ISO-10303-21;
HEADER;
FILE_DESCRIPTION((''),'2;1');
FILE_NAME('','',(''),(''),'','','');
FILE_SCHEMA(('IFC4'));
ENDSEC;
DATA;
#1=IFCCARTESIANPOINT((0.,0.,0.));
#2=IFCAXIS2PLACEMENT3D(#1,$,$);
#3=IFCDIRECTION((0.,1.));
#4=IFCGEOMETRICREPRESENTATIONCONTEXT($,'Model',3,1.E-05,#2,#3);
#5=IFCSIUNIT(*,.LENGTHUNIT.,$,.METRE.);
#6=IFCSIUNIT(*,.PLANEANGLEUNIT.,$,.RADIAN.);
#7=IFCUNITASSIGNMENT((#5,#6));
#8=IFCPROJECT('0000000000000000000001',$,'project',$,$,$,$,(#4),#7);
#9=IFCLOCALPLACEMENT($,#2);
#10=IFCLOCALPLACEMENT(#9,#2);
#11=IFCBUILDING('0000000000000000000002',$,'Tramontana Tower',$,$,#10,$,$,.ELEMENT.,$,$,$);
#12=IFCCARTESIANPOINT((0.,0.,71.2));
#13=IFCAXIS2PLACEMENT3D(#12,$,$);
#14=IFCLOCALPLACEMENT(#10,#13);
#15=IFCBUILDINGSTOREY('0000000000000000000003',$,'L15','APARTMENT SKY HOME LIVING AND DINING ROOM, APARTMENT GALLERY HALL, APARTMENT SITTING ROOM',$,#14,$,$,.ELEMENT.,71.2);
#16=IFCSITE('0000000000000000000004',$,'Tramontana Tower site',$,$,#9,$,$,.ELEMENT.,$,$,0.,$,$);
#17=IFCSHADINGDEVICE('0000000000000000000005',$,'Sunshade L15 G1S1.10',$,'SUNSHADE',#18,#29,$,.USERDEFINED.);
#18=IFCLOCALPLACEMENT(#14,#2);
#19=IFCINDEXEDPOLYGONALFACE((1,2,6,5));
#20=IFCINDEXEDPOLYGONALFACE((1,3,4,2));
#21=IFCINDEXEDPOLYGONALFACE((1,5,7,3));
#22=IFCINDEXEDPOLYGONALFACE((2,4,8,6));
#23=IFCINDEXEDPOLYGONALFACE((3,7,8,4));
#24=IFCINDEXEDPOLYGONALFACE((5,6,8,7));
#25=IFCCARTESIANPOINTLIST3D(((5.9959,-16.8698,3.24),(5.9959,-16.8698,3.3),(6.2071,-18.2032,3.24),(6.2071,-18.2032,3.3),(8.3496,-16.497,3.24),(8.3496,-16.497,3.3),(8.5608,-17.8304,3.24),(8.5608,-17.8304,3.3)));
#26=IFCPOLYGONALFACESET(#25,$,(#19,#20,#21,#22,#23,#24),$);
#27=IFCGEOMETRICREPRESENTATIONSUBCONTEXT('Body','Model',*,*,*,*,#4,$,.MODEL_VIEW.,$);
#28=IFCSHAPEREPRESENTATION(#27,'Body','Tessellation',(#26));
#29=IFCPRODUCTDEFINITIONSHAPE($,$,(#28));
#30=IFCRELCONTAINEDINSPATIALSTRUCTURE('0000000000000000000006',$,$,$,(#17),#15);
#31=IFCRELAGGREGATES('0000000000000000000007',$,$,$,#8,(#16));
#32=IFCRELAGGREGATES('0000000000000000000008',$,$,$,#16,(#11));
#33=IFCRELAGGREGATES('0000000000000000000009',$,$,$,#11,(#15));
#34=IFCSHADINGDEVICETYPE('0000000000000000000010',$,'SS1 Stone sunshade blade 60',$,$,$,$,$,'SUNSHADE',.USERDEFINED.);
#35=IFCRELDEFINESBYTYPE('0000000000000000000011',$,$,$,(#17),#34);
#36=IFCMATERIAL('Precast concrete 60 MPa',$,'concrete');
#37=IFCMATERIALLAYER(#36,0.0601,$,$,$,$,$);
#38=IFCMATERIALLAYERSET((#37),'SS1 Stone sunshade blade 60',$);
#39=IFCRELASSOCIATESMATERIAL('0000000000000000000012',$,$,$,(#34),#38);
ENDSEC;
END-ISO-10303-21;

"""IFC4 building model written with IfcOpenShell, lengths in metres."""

from ifc_helpers import new_model, si_unit, direction, frame, origin, origin_2d, place, context, subcontext, project, spatial, rectangle, extrude, material, layer, layer_set, type_object, element, save


model = new_model("IFC4")

# Units and contexts
model_context = context("Model", 3, precision=1e-05, world=origin(), true_north=direction((0.0, 1.0)))
body_context = subcontext(model_context, "Body", "Model", "MODEL_VIEW")
ifc_project = project(units=[si_unit("LENGTHUNIT", "METRE"), si_unit("PLANEANGLEUNIT", "RADIAN")], contexts=[model_context])

# Site, building, storey
site_placement = place(None, origin())
site = spatial("IfcSite", under=ifc_project, at=site_placement, Name="Tramontana Tower site", CompositionType="ELEMENT", RefElevation=0.0)
building_placement = place(site_placement, origin())
building = spatial("IfcBuilding", under=site, at=building_placement, Name="Tramontana Tower", CompositionType="ELEMENT")
storey_placement = place(building_placement, frame((0.0, 0.0, 71.2)))
storey = spatial("IfcBuildingStorey", under=building, at=storey_placement, Name="L15", Description="APARTMENT SKY HOME LIVING AND DINING ROOM, APARTMENT GALLERY HALL, APARTMENT SITTING ROOM", CompositionType="ELEMENT", Elevation=71.2)

# Shading device
ifc_material_1 = material(Name="Precast concrete 60 MPa", Category="concrete")
ifc_layer_1 = layer(ifc_material_1, 0.0601)
ifc_layer_set_1 = layer_set([ifc_layer_1], Name="SS1 Stone sunshade blade 60")
shading_device_type = type_object("IfcShadingDeviceType", Name="SS1 Stone sunshade blade 60", ElementType="SUNSHADE", PredefinedType="USERDEFINED", material=ifc_layer_set_1)
shading_device_placement = place(storey_placement, frame((7.2783, -17.3501, 3.24), z_axis=(0.0, 0.0, 1.0), x_axis=(0.987688, 0.156434, 0.0)))
element("IfcShadingDevice", 1, at=shading_device_placement, inside=storey, type_object=shading_device_type, Name="Sunshade L15 G1S1.10", ObjectType="SUNSHADE", PredefinedType="USERDEFINED", context=body_context, shape_type="SweptSolid", body=[
    extrude(rectangle(XDim=2.3831, YDim=1.3501, at=origin_2d()), origin(), (0.0, 0.0, 1.0), 0.0601),
])

save(model, "model.ifc")
